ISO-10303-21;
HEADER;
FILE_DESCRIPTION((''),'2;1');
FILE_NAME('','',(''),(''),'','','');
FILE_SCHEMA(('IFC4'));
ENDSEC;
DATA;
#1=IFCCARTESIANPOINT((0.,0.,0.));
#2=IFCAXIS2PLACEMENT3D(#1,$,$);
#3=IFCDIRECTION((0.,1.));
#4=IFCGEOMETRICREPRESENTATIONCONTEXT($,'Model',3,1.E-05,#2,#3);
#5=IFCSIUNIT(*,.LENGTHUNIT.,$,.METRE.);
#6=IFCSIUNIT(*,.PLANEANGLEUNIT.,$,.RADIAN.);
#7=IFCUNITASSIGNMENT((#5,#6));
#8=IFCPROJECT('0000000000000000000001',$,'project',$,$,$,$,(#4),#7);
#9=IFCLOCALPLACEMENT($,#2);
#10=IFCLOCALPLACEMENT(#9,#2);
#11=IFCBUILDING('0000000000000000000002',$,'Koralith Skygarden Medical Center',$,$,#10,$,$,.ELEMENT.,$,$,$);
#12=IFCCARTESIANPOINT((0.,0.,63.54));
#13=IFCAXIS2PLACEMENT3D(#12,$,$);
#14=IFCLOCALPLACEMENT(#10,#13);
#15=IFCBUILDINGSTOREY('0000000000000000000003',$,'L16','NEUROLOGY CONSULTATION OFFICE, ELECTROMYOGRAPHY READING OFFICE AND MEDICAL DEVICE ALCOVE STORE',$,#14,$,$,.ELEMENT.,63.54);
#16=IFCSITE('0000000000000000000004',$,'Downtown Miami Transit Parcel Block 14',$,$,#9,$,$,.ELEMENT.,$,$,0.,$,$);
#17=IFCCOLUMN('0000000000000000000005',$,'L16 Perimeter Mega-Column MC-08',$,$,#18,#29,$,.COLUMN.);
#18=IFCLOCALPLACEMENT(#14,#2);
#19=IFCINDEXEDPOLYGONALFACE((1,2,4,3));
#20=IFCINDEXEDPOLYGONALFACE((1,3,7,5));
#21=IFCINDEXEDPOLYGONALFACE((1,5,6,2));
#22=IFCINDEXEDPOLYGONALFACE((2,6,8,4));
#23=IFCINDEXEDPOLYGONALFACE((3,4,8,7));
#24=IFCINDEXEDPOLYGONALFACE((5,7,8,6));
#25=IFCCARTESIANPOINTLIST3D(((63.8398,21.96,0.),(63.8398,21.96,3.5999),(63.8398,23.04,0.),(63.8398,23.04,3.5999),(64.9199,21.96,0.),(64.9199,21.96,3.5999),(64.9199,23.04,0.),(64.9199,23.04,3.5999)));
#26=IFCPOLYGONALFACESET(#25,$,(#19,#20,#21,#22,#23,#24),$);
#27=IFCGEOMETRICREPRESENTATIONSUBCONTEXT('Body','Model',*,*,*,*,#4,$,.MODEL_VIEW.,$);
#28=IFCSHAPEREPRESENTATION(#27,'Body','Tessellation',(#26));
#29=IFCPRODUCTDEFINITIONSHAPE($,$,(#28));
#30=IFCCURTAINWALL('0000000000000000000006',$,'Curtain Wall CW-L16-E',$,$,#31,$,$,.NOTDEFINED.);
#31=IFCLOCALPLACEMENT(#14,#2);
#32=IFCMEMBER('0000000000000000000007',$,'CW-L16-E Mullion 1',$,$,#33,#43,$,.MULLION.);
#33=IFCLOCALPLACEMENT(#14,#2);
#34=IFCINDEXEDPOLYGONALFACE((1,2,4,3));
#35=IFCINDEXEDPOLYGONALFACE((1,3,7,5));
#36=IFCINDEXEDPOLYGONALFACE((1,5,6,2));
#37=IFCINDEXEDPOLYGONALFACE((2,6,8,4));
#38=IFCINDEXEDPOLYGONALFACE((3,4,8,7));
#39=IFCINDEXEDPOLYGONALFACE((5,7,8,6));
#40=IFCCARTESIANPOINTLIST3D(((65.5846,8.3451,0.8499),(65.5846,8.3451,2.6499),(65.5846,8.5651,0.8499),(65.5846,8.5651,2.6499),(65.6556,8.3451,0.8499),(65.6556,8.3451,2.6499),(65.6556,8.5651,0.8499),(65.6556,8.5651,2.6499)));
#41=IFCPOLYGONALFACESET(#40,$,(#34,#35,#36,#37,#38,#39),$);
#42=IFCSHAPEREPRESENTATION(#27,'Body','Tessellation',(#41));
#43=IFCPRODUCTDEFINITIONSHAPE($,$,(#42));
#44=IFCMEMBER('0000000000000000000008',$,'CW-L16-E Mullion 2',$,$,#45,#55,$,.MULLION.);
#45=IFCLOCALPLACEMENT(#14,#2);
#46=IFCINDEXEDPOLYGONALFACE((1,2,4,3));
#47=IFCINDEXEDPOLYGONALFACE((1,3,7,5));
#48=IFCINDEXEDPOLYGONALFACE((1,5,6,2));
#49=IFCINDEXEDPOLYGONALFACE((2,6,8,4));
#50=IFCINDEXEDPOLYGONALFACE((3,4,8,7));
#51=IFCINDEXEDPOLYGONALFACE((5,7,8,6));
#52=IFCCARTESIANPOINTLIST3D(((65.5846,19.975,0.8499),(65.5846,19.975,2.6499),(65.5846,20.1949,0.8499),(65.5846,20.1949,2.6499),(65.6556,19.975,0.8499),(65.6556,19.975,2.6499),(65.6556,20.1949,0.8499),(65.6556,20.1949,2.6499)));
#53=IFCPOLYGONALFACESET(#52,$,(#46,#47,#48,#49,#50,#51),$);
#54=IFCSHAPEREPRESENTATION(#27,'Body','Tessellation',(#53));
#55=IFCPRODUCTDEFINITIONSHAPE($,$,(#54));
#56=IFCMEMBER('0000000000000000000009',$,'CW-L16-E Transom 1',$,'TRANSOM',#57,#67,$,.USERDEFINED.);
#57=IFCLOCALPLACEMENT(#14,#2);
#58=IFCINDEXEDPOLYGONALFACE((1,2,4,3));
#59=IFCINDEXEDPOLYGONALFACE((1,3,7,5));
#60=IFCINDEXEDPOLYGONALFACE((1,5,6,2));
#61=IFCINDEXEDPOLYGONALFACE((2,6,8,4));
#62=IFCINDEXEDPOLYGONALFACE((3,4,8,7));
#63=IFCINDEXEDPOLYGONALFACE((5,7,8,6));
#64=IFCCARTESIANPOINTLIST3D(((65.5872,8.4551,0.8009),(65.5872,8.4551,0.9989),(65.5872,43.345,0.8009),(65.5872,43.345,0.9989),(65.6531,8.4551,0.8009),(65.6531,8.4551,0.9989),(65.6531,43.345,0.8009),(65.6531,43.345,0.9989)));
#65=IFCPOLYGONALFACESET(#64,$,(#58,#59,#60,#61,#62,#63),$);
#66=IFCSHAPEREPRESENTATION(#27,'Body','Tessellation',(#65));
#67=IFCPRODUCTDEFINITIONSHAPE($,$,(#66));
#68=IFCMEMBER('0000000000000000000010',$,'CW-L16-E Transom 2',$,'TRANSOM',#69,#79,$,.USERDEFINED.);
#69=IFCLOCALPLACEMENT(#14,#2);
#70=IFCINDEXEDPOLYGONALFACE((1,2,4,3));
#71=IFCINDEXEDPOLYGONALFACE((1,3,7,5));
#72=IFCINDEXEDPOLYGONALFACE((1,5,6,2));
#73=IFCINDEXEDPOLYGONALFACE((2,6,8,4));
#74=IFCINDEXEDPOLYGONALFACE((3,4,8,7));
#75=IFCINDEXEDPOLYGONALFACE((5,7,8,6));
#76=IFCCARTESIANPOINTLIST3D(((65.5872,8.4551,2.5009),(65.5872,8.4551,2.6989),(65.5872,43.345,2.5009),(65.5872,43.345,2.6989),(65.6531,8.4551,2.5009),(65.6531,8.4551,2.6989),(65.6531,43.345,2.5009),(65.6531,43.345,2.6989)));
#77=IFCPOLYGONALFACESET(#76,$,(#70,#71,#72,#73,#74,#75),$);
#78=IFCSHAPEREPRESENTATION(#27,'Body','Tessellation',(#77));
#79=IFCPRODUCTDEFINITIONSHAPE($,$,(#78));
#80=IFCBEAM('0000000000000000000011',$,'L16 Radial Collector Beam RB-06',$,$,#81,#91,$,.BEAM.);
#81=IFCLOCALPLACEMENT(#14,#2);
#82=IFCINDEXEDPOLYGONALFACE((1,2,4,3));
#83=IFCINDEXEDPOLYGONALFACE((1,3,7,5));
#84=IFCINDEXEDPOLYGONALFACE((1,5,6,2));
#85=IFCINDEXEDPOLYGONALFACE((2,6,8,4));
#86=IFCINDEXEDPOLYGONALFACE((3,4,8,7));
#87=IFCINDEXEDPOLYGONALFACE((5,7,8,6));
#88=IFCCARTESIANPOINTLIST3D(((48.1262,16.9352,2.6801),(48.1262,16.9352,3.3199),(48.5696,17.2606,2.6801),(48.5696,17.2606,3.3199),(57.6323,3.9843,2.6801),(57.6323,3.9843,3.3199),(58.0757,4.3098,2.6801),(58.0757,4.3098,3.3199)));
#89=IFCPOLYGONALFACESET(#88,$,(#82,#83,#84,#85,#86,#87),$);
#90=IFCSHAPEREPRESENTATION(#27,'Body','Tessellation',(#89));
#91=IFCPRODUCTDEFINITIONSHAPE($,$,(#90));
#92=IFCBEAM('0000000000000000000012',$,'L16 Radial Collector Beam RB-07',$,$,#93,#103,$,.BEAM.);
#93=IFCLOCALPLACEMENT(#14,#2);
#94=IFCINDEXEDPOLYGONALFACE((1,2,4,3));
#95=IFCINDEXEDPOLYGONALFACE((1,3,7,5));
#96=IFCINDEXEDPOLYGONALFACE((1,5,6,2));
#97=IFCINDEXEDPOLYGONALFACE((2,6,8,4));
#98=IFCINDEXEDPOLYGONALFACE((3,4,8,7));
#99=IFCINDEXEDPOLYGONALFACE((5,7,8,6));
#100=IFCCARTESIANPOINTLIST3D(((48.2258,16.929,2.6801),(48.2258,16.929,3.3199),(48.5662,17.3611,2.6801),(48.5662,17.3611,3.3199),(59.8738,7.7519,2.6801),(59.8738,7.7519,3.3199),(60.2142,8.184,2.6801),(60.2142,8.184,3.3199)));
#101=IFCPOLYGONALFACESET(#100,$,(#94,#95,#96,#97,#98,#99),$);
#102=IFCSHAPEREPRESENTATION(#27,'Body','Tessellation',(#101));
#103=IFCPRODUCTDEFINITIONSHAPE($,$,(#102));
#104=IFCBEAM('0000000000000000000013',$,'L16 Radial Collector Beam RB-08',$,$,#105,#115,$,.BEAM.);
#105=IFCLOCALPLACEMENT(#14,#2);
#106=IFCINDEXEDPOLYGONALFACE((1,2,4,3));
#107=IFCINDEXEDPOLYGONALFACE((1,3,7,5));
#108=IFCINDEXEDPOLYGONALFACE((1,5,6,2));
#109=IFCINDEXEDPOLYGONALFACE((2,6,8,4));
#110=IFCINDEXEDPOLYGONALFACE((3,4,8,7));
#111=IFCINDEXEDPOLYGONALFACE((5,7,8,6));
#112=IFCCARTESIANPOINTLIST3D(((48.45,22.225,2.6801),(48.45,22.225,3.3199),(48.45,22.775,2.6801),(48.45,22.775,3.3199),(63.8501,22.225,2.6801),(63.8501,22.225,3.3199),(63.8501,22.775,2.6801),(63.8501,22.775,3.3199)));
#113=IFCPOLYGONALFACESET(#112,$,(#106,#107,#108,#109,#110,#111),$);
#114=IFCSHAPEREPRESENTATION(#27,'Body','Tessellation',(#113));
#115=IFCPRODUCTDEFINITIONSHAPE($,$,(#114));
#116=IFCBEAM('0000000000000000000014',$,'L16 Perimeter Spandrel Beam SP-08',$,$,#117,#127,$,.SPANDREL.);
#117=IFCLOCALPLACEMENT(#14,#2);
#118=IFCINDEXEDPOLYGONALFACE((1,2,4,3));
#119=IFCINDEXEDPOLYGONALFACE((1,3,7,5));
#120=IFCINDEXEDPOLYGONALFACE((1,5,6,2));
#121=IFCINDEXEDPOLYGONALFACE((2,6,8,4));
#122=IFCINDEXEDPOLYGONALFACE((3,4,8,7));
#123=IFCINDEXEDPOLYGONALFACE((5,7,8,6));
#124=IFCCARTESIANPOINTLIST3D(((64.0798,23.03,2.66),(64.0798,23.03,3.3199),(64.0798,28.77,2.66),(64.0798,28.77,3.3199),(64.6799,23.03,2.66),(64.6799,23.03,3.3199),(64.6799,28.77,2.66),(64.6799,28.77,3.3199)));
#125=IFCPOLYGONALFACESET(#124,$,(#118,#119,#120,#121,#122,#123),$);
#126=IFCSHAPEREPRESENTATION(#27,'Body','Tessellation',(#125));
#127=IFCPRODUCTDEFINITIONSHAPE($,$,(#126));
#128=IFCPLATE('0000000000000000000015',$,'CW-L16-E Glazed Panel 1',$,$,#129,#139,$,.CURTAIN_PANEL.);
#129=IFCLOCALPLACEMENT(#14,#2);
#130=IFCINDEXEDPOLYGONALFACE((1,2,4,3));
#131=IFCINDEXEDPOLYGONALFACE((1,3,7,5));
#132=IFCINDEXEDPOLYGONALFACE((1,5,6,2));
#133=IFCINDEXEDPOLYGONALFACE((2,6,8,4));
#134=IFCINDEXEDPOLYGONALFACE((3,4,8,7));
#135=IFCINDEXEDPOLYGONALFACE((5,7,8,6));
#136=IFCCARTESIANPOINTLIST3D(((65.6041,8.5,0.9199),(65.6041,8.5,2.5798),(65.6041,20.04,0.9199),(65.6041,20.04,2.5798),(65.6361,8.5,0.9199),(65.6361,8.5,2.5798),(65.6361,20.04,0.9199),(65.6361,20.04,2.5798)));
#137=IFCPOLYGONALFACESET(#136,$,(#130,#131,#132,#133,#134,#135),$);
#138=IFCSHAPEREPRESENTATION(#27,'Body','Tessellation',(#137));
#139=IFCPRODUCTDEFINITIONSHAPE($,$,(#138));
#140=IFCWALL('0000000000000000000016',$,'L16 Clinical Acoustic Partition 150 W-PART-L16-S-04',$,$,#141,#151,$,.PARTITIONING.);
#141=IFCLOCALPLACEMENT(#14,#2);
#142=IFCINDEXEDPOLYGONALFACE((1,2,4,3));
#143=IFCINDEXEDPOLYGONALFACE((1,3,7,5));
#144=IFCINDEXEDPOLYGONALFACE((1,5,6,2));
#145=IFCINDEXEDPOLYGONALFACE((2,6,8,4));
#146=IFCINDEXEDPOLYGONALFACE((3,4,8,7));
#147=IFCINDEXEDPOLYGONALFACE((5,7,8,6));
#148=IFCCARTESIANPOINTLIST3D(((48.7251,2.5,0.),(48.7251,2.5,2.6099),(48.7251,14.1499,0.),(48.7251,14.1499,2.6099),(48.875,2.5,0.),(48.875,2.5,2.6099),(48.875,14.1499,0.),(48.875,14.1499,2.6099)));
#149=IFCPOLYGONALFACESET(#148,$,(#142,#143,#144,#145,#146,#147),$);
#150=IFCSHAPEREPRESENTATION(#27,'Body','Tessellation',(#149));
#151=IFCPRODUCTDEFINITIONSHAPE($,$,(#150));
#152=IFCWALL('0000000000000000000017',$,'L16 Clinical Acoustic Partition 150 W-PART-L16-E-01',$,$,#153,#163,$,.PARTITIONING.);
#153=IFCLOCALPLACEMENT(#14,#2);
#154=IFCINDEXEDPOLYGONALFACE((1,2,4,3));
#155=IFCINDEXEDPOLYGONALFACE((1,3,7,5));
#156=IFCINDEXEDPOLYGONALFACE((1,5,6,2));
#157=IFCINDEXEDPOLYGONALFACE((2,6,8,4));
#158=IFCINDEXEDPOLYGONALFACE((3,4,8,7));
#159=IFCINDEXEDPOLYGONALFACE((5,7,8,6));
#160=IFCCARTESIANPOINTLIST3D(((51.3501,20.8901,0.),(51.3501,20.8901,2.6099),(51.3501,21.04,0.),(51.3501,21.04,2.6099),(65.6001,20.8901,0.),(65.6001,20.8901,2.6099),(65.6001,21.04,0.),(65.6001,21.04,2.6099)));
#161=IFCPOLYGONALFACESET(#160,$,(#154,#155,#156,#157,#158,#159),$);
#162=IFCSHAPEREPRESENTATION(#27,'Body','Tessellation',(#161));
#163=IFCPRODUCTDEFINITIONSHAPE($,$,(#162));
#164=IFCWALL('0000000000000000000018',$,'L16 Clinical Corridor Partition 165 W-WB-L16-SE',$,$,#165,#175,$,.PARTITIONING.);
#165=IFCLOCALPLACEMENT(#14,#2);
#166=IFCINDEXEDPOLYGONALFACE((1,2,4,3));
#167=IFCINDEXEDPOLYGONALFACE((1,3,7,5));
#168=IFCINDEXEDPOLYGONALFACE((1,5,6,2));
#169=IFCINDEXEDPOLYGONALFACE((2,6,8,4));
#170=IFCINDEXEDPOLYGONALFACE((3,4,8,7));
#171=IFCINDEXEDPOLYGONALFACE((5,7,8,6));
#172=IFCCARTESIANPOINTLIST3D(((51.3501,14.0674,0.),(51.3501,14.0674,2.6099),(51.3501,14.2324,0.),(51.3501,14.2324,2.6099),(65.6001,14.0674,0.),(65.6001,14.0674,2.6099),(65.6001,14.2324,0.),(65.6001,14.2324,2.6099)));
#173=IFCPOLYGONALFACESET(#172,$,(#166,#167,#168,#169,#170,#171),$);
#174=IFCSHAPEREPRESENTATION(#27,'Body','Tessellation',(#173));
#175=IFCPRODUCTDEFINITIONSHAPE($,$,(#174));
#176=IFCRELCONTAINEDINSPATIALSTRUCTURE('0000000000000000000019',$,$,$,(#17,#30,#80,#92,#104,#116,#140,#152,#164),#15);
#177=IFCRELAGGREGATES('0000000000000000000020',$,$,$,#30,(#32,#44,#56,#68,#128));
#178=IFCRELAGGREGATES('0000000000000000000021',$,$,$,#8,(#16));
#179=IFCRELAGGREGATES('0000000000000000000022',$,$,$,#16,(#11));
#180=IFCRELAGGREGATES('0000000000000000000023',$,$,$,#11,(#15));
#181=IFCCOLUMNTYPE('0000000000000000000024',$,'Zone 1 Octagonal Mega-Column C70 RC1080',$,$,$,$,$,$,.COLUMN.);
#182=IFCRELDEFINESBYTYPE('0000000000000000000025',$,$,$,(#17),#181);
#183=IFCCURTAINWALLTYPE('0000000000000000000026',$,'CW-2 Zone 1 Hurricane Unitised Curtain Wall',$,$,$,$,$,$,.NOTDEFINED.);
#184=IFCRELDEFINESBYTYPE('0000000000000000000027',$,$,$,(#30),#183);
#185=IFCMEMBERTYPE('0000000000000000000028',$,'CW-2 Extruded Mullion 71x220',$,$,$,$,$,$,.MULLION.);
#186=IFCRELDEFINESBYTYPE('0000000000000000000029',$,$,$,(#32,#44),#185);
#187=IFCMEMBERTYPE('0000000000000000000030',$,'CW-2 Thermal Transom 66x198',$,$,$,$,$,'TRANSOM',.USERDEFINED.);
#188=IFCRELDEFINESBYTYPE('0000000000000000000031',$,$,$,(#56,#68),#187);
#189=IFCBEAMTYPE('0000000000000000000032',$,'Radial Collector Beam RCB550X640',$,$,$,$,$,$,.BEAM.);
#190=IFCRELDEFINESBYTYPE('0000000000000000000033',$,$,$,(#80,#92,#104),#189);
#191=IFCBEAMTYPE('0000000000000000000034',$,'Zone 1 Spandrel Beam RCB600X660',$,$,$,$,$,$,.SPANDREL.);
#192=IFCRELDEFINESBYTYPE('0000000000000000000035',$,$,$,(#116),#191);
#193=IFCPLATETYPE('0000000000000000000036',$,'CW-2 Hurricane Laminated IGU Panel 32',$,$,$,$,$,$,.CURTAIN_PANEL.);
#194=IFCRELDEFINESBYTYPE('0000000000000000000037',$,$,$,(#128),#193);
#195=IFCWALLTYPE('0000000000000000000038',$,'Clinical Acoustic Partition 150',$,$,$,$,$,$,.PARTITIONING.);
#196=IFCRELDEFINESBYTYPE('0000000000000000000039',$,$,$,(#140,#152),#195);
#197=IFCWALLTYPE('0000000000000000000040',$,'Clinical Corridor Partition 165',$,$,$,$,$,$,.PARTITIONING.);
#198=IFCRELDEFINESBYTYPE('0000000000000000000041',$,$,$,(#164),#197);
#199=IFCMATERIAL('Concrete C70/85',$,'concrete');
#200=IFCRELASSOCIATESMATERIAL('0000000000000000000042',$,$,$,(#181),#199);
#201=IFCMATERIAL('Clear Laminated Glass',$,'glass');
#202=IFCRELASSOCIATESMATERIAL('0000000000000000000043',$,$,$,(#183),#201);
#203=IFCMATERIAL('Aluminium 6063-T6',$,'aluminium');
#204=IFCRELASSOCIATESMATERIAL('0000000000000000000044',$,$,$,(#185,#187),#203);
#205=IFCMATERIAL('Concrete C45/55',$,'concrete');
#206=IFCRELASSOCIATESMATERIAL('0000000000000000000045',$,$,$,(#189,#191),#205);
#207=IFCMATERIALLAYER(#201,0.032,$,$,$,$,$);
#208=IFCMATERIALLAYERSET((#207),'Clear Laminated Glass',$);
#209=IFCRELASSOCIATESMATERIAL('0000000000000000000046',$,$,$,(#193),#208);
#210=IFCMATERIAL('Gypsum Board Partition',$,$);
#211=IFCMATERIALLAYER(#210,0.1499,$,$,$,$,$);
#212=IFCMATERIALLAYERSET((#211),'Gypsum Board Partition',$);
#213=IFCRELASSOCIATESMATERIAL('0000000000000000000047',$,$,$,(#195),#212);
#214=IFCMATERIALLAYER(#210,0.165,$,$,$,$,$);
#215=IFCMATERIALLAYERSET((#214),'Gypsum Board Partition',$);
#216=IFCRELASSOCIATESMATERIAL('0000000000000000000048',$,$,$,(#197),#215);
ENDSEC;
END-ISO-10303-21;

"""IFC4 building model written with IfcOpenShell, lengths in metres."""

from ifc_helpers import new_model, si_unit, direction, frame, frame_2d, origin, origin_2d, place, context, subcontext, project, spatial, rectangle, extrude, material, layer, layer_set, material_profile, profile_set, type_object, element, aggregate, save


model = new_model("IFC4")

# Units and contexts
model_context = context("Model", 3, precision=1e-05, world=origin(), true_north=direction((0.0, 1.0)))
body_context = subcontext(model_context, "Body", "Model", "MODEL_VIEW")
ifc_project = project(units=[si_unit("LENGTHUNIT", "METRE"), si_unit("PLANEANGLEUNIT", "RADIAN")], contexts=[model_context])

# Site, building, storey
site_placement = place(None, origin())
site = spatial("IfcSite", under=ifc_project, at=site_placement, Name="Downtown Miami Transit Parcel Block 14", CompositionType="ELEMENT", RefElevation=0.0)
building_placement = place(site_placement, origin())
building = spatial("IfcBuilding", under=site, at=building_placement, Name="Koralith Skygarden Medical Center", CompositionType="ELEMENT")
storey_placement = place(building_placement, frame((0.0, 0.0, 63.54)))
storey = spatial("IfcBuildingStorey", under=building, at=storey_placement, Name="L16", Description="NEUROLOGY CONSULTATION OFFICE, ELECTROMYOGRAPHY READING OFFICE AND MEDICAL DEVICE ALCOVE STORE", CompositionType="ELEMENT", Elevation=63.54)

# Column
ifc_material_1 = material(Name="Concrete C70/85", Category="concrete")
ifc_material_profile_1 = material_profile(ifc_material_1, rectangle(XDim=1.0801, YDim=1.0801, at=origin_2d()), Name="RC1080X1080")
ifc_profile_set_1 = profile_set([ifc_material_profile_1], Name="Concrete C70/85")
column_type = type_object("IfcColumnType", Name="Zone 1 Octagonal Mega-Column C70 RC1080", PredefinedType="COLUMN", material=ifc_profile_set_1)
column_placement = place(storey_placement, frame((64.3799, 22.5, 0.0), z_axis=(0.0, 0.0, 1.0), x_axis=(1.0, 0.0, 0.0)))
element("IfcColumn", 1, at=column_placement, inside=storey, type_object=column_type, Name="L16 Perimeter Mega-Column MC-08", PredefinedType="COLUMN", context=body_context, shape_type="SweptSolid", body=[
    extrude(rectangle(XDim=1.0801, YDim=1.0801, at=origin_2d()), origin(), (0.0, 0.0, 1.0), 3.5999),
])

# Curtain wall, members
ifc_material_2 = material(Name="Clear Laminated Glass", Category="glass")
curtain_wall_type = type_object("IfcCurtainWallType", Name="CW-2 Zone 1 Hurricane Unitised Curtain Wall", PredefinedType="NOTDEFINED", material=ifc_material_2)
curtain_wall_placement = place(storey_placement, origin())
curtain_wall = element("IfcCurtainWall", 2, at=curtain_wall_placement, inside=storey, type_object=curtain_wall_type, Name="Curtain Wall CW-L16-E", PredefinedType="NOTDEFINED")
ifc_material_3 = material(Name="Aluminium 6063-T6", Category="aluminium")
ifc_material_profile_2 = material_profile(ifc_material_3, rectangle(XDim=0.071, YDim=0.22, at=origin_2d()), Name="MUL71X220")
ifc_profile_set_2 = profile_set([ifc_material_profile_2], Name="Aluminium 6063-T6")
member_type_1 = type_object("IfcMemberType", Name="CW-2 Extruded Mullion 71x220", PredefinedType="MULLION", material=ifc_profile_set_2)
member_1_placement = place(storey_placement, frame((65.6201, 8.4551, 0.8499), z_axis=(0.0, 0.0, 1.0), x_axis=(1.0, 0.0, 0.0)))
member_1 = element("IfcMember", 3, at=member_1_placement, type_object=member_type_1, Name="CW-L16-E Mullion 1", PredefinedType="MULLION", context=body_context, shape_type="SweptSolid", body=[
    extrude(rectangle(XDim=0.071, YDim=0.22, at=origin_2d()), origin(), (0.0, 0.0, 1.0), 1.8),
])
member_2_placement = place(storey_placement, frame((65.6201, 20.085, 0.8499), z_axis=(0.0, 0.0, 1.0), x_axis=(1.0, 0.0, 0.0)))
member_2 = element("IfcMember", 4, at=member_2_placement, type_object=member_type_1, Name="CW-L16-E Mullion 2", PredefinedType="MULLION", context=body_context, shape_type="SweptSolid", body=[
    extrude(rectangle(XDim=0.071, YDim=0.22, at=origin_2d()), origin(), (0.0, 0.0, 1.0), 1.8),
])
ifc_material_profile_3 = material_profile(ifc_material_3, rectangle(XDim=0.0659, YDim=0.198, at=origin_2d()), Name="TRN66X198")
ifc_profile_set_3 = profile_set([ifc_material_profile_3], Name="Aluminium 6063-T6")
member_type_2 = type_object("IfcMemberType", Name="CW-2 Thermal Transom 66x198", ElementType="TRANSOM", PredefinedType="USERDEFINED", material=ifc_profile_set_3)
member_3_placement = place(storey_placement, frame((65.6201, 8.4551, 0.8999), z_axis=(0.0, 1.0, 0.0), x_axis=(-1.0, 0.0, 0.0)))
member_3 = element("IfcMember", 5, at=member_3_placement, type_object=member_type_2, Name="CW-L16-E Transom 1", ObjectType="TRANSOM", PredefinedType="USERDEFINED", context=body_context, shape_type="SweptSolid", body=[
    extrude(rectangle(XDim=0.0659, YDim=0.198, at=origin_2d()), origin(), (0.0, 0.0, 1.0), 34.8899),
])
member_4_placement = place(storey_placement, frame((65.6201, 8.4551, 2.5999), z_axis=(0.0, 1.0, 0.0), x_axis=(-1.0, 0.0, 0.0)))
member_4 = element("IfcMember", 6, at=member_4_placement, type_object=member_type_2, Name="CW-L16-E Transom 2", ObjectType="TRANSOM", PredefinedType="USERDEFINED", context=body_context, shape_type="SweptSolid", body=[
    extrude(rectangle(XDim=0.0659, YDim=0.198, at=origin_2d()), origin(), (0.0, 0.0, 1.0), 34.8899),
])

# Beams
ifc_material_4 = material(Name="Concrete C45/55", Category="concrete")
ifc_material_profile_4 = material_profile(ifc_material_4, rectangle(XDim=0.55, YDim=0.6399, at=origin_2d()), Name="RCB550X640")
ifc_profile_set_4 = profile_set([ifc_material_profile_4], Name="Concrete C45/55")
beam_type_1 = type_object("IfcBeamType", Name="Radial Collector Beam RCB550X640", PredefinedType="BEAM", material=ifc_profile_set_4)
beam_1_placement = place(storey_placement, frame((48.3479, 17.0979, 3.0), z_axis=(0.591718, -0.806145, 0.0), x_axis=(0.806145, 0.591718, 0.0)))
element("IfcBeam", 7, at=beam_1_placement, inside=storey, type_object=beam_type_1, Name="L16 Radial Collector Beam RB-06", PredefinedType="BEAM", context=body_context, shape_type="SweptSolid", body=[
    extrude(rectangle(XDim=0.55, YDim=0.6399, at=origin_2d()), origin(), (0.0, 0.0, 1.0), 16.0652),
])
beam_2_placement = place(storey_placement, frame((48.396, 17.145, 3.0), z_axis=(0.785497, -0.618865, 0.0), x_axis=(0.618865, 0.785497, 0.0)))
element("IfcBeam", 8, at=beam_2_placement, inside=storey, type_object=beam_type_1, Name="L16 Radial Collector Beam RB-07", PredefinedType="BEAM", context=body_context, shape_type="SweptSolid", body=[
    extrude(rectangle(XDim=0.55, YDim=0.6399, at=origin_2d()), origin(), (0.0, 0.0, 1.0), 14.8289),
])
beam_3_placement = place(storey_placement, frame((48.45, 22.5, 3.0), z_axis=(1.0, 0.0, 0.0), x_axis=(0.0, 1.0, 0.0)))
element("IfcBeam", 9, at=beam_3_placement, inside=storey, type_object=beam_type_1, Name="L16 Radial Collector Beam RB-08", PredefinedType="BEAM", context=body_context, shape_type="SweptSolid", body=[
    extrude(rectangle(XDim=0.55, YDim=0.6399, at=origin_2d()), origin(), (0.0, 0.0, 1.0), 15.4001),
])
ifc_material_profile_5 = material_profile(ifc_material_4, rectangle(XDim=0.6001, YDim=0.6599, at=origin_2d()), Name="RCB600X660")
ifc_profile_set_5 = profile_set([ifc_material_profile_5], Name="Concrete C45/55")
beam_type_2 = type_object("IfcBeamType", Name="Zone 1 Spandrel Beam RCB600X660", PredefinedType="SPANDREL", material=ifc_profile_set_5)
beam_4_placement = place(storey_placement, frame((64.3799, 23.03, 2.99), z_axis=(0.0, 1.0, 0.0), x_axis=(-1.0, 0.0, 0.0)))
element("IfcBeam", 10, at=beam_4_placement, inside=storey, type_object=beam_type_2, Name="L16 Perimeter Spandrel Beam SP-08", PredefinedType="SPANDREL", context=body_context, shape_type="SweptSolid", body=[
    extrude(rectangle(XDim=0.6001, YDim=0.6599, at=origin_2d()), origin(), (0.0, 0.0, 1.0), 5.74),
])

# Plate
ifc_layer_1 = layer(ifc_material_2, 0.032)
ifc_layer_set_1 = layer_set([ifc_layer_1], Name="Clear Laminated Glass")
plate_type = type_object("IfcPlateType", Name="CW-2 Hurricane Laminated IGU Panel 32", PredefinedType="CURTAIN_PANEL", material=ifc_layer_set_1)
plate_placement = place(storey_placement, frame((65.6201, 14.27, 0.9199), z_axis=(0.0, 0.0, 1.0), x_axis=(0.0, 1.0, 0.0)))
plate = element("IfcPlate", 11, at=plate_placement, type_object=plate_type, Name="CW-L16-E Glazed Panel 1", PredefinedType="CURTAIN_PANEL", context=body_context, shape_type="SweptSolid", body=[
    extrude(rectangle(XDim=11.54, YDim=0.032, at=origin_2d()), origin(), (0.0, 0.0, 1.0), 1.6599),
])
aggregate(curtain_wall, [member_1, member_2, member_3, member_4, plate])

# Walls
ifc_material_5 = material(Name="Gypsum Board Partition")
ifc_layer_2 = layer(ifc_material_5, 0.1499)
ifc_layer_set_2 = layer_set([ifc_layer_2], Name="Gypsum Board Partition")
wall_type_1 = type_object("IfcWallType", Name="Clinical Acoustic Partition 150", PredefinedType="PARTITIONING", material=ifc_layer_set_2)
wall_1_placement = place(storey_placement, frame((48.8, 14.1499, 0.0), z_axis=(0.0, 0.0, 1.0), x_axis=(0.0, -1.0, 0.0)))
element("IfcWall", 12, at=wall_1_placement, inside=storey, type_object=wall_type_1, Name="L16 Clinical Acoustic Partition 150 W-PART-L16-S-04", PredefinedType="PARTITIONING", context=body_context, shape_type="SweptSolid", body=[
    extrude(rectangle(XDim=11.6499, YDim=0.1499, at=frame_2d((5.825, 0.0))), origin(), (0.0, 0.0, 1.0), 2.6099),
])
wall_2_placement = place(storey_placement, frame((51.3501, 20.9651, 0.0), z_axis=(0.0, 0.0, 1.0), x_axis=(1.0, 0.0, 0.0)))
element("IfcWall", 13, at=wall_2_placement, inside=storey, type_object=wall_type_1, Name="L16 Clinical Acoustic Partition 150 W-PART-L16-E-01", PredefinedType="PARTITIONING", context=body_context, shape_type="SweptSolid", body=[
    extrude(rectangle(XDim=14.25, YDim=0.1499, at=frame_2d((7.125, 0.0))), origin(), (0.0, 0.0, 1.0), 2.6099),
])
ifc_layer_3 = layer(ifc_material_5, 0.165)
ifc_layer_set_3 = layer_set([ifc_layer_3], Name="Gypsum Board Partition")
wall_type_2 = type_object("IfcWallType", Name="Clinical Corridor Partition 165", PredefinedType="PARTITIONING", material=ifc_layer_set_3)
wall_3_placement = place(storey_placement, frame((51.3501, 14.1499, 0.0), z_axis=(0.0, 0.0, 1.0), x_axis=(1.0, 0.0, 0.0)))
element("IfcWall", 14, at=wall_3_placement, inside=storey, type_object=wall_type_2, Name="L16 Clinical Corridor Partition 165 W-WB-L16-SE", PredefinedType="PARTITIONING", context=body_context, shape_type="SweptSolid", body=[
    extrude(rectangle(XDim=14.25, YDim=0.165, at=frame_2d((7.125, 0.0))), origin(), (0.0, 0.0, 1.0), 2.6099),
])

save(model, "model.ifc")
